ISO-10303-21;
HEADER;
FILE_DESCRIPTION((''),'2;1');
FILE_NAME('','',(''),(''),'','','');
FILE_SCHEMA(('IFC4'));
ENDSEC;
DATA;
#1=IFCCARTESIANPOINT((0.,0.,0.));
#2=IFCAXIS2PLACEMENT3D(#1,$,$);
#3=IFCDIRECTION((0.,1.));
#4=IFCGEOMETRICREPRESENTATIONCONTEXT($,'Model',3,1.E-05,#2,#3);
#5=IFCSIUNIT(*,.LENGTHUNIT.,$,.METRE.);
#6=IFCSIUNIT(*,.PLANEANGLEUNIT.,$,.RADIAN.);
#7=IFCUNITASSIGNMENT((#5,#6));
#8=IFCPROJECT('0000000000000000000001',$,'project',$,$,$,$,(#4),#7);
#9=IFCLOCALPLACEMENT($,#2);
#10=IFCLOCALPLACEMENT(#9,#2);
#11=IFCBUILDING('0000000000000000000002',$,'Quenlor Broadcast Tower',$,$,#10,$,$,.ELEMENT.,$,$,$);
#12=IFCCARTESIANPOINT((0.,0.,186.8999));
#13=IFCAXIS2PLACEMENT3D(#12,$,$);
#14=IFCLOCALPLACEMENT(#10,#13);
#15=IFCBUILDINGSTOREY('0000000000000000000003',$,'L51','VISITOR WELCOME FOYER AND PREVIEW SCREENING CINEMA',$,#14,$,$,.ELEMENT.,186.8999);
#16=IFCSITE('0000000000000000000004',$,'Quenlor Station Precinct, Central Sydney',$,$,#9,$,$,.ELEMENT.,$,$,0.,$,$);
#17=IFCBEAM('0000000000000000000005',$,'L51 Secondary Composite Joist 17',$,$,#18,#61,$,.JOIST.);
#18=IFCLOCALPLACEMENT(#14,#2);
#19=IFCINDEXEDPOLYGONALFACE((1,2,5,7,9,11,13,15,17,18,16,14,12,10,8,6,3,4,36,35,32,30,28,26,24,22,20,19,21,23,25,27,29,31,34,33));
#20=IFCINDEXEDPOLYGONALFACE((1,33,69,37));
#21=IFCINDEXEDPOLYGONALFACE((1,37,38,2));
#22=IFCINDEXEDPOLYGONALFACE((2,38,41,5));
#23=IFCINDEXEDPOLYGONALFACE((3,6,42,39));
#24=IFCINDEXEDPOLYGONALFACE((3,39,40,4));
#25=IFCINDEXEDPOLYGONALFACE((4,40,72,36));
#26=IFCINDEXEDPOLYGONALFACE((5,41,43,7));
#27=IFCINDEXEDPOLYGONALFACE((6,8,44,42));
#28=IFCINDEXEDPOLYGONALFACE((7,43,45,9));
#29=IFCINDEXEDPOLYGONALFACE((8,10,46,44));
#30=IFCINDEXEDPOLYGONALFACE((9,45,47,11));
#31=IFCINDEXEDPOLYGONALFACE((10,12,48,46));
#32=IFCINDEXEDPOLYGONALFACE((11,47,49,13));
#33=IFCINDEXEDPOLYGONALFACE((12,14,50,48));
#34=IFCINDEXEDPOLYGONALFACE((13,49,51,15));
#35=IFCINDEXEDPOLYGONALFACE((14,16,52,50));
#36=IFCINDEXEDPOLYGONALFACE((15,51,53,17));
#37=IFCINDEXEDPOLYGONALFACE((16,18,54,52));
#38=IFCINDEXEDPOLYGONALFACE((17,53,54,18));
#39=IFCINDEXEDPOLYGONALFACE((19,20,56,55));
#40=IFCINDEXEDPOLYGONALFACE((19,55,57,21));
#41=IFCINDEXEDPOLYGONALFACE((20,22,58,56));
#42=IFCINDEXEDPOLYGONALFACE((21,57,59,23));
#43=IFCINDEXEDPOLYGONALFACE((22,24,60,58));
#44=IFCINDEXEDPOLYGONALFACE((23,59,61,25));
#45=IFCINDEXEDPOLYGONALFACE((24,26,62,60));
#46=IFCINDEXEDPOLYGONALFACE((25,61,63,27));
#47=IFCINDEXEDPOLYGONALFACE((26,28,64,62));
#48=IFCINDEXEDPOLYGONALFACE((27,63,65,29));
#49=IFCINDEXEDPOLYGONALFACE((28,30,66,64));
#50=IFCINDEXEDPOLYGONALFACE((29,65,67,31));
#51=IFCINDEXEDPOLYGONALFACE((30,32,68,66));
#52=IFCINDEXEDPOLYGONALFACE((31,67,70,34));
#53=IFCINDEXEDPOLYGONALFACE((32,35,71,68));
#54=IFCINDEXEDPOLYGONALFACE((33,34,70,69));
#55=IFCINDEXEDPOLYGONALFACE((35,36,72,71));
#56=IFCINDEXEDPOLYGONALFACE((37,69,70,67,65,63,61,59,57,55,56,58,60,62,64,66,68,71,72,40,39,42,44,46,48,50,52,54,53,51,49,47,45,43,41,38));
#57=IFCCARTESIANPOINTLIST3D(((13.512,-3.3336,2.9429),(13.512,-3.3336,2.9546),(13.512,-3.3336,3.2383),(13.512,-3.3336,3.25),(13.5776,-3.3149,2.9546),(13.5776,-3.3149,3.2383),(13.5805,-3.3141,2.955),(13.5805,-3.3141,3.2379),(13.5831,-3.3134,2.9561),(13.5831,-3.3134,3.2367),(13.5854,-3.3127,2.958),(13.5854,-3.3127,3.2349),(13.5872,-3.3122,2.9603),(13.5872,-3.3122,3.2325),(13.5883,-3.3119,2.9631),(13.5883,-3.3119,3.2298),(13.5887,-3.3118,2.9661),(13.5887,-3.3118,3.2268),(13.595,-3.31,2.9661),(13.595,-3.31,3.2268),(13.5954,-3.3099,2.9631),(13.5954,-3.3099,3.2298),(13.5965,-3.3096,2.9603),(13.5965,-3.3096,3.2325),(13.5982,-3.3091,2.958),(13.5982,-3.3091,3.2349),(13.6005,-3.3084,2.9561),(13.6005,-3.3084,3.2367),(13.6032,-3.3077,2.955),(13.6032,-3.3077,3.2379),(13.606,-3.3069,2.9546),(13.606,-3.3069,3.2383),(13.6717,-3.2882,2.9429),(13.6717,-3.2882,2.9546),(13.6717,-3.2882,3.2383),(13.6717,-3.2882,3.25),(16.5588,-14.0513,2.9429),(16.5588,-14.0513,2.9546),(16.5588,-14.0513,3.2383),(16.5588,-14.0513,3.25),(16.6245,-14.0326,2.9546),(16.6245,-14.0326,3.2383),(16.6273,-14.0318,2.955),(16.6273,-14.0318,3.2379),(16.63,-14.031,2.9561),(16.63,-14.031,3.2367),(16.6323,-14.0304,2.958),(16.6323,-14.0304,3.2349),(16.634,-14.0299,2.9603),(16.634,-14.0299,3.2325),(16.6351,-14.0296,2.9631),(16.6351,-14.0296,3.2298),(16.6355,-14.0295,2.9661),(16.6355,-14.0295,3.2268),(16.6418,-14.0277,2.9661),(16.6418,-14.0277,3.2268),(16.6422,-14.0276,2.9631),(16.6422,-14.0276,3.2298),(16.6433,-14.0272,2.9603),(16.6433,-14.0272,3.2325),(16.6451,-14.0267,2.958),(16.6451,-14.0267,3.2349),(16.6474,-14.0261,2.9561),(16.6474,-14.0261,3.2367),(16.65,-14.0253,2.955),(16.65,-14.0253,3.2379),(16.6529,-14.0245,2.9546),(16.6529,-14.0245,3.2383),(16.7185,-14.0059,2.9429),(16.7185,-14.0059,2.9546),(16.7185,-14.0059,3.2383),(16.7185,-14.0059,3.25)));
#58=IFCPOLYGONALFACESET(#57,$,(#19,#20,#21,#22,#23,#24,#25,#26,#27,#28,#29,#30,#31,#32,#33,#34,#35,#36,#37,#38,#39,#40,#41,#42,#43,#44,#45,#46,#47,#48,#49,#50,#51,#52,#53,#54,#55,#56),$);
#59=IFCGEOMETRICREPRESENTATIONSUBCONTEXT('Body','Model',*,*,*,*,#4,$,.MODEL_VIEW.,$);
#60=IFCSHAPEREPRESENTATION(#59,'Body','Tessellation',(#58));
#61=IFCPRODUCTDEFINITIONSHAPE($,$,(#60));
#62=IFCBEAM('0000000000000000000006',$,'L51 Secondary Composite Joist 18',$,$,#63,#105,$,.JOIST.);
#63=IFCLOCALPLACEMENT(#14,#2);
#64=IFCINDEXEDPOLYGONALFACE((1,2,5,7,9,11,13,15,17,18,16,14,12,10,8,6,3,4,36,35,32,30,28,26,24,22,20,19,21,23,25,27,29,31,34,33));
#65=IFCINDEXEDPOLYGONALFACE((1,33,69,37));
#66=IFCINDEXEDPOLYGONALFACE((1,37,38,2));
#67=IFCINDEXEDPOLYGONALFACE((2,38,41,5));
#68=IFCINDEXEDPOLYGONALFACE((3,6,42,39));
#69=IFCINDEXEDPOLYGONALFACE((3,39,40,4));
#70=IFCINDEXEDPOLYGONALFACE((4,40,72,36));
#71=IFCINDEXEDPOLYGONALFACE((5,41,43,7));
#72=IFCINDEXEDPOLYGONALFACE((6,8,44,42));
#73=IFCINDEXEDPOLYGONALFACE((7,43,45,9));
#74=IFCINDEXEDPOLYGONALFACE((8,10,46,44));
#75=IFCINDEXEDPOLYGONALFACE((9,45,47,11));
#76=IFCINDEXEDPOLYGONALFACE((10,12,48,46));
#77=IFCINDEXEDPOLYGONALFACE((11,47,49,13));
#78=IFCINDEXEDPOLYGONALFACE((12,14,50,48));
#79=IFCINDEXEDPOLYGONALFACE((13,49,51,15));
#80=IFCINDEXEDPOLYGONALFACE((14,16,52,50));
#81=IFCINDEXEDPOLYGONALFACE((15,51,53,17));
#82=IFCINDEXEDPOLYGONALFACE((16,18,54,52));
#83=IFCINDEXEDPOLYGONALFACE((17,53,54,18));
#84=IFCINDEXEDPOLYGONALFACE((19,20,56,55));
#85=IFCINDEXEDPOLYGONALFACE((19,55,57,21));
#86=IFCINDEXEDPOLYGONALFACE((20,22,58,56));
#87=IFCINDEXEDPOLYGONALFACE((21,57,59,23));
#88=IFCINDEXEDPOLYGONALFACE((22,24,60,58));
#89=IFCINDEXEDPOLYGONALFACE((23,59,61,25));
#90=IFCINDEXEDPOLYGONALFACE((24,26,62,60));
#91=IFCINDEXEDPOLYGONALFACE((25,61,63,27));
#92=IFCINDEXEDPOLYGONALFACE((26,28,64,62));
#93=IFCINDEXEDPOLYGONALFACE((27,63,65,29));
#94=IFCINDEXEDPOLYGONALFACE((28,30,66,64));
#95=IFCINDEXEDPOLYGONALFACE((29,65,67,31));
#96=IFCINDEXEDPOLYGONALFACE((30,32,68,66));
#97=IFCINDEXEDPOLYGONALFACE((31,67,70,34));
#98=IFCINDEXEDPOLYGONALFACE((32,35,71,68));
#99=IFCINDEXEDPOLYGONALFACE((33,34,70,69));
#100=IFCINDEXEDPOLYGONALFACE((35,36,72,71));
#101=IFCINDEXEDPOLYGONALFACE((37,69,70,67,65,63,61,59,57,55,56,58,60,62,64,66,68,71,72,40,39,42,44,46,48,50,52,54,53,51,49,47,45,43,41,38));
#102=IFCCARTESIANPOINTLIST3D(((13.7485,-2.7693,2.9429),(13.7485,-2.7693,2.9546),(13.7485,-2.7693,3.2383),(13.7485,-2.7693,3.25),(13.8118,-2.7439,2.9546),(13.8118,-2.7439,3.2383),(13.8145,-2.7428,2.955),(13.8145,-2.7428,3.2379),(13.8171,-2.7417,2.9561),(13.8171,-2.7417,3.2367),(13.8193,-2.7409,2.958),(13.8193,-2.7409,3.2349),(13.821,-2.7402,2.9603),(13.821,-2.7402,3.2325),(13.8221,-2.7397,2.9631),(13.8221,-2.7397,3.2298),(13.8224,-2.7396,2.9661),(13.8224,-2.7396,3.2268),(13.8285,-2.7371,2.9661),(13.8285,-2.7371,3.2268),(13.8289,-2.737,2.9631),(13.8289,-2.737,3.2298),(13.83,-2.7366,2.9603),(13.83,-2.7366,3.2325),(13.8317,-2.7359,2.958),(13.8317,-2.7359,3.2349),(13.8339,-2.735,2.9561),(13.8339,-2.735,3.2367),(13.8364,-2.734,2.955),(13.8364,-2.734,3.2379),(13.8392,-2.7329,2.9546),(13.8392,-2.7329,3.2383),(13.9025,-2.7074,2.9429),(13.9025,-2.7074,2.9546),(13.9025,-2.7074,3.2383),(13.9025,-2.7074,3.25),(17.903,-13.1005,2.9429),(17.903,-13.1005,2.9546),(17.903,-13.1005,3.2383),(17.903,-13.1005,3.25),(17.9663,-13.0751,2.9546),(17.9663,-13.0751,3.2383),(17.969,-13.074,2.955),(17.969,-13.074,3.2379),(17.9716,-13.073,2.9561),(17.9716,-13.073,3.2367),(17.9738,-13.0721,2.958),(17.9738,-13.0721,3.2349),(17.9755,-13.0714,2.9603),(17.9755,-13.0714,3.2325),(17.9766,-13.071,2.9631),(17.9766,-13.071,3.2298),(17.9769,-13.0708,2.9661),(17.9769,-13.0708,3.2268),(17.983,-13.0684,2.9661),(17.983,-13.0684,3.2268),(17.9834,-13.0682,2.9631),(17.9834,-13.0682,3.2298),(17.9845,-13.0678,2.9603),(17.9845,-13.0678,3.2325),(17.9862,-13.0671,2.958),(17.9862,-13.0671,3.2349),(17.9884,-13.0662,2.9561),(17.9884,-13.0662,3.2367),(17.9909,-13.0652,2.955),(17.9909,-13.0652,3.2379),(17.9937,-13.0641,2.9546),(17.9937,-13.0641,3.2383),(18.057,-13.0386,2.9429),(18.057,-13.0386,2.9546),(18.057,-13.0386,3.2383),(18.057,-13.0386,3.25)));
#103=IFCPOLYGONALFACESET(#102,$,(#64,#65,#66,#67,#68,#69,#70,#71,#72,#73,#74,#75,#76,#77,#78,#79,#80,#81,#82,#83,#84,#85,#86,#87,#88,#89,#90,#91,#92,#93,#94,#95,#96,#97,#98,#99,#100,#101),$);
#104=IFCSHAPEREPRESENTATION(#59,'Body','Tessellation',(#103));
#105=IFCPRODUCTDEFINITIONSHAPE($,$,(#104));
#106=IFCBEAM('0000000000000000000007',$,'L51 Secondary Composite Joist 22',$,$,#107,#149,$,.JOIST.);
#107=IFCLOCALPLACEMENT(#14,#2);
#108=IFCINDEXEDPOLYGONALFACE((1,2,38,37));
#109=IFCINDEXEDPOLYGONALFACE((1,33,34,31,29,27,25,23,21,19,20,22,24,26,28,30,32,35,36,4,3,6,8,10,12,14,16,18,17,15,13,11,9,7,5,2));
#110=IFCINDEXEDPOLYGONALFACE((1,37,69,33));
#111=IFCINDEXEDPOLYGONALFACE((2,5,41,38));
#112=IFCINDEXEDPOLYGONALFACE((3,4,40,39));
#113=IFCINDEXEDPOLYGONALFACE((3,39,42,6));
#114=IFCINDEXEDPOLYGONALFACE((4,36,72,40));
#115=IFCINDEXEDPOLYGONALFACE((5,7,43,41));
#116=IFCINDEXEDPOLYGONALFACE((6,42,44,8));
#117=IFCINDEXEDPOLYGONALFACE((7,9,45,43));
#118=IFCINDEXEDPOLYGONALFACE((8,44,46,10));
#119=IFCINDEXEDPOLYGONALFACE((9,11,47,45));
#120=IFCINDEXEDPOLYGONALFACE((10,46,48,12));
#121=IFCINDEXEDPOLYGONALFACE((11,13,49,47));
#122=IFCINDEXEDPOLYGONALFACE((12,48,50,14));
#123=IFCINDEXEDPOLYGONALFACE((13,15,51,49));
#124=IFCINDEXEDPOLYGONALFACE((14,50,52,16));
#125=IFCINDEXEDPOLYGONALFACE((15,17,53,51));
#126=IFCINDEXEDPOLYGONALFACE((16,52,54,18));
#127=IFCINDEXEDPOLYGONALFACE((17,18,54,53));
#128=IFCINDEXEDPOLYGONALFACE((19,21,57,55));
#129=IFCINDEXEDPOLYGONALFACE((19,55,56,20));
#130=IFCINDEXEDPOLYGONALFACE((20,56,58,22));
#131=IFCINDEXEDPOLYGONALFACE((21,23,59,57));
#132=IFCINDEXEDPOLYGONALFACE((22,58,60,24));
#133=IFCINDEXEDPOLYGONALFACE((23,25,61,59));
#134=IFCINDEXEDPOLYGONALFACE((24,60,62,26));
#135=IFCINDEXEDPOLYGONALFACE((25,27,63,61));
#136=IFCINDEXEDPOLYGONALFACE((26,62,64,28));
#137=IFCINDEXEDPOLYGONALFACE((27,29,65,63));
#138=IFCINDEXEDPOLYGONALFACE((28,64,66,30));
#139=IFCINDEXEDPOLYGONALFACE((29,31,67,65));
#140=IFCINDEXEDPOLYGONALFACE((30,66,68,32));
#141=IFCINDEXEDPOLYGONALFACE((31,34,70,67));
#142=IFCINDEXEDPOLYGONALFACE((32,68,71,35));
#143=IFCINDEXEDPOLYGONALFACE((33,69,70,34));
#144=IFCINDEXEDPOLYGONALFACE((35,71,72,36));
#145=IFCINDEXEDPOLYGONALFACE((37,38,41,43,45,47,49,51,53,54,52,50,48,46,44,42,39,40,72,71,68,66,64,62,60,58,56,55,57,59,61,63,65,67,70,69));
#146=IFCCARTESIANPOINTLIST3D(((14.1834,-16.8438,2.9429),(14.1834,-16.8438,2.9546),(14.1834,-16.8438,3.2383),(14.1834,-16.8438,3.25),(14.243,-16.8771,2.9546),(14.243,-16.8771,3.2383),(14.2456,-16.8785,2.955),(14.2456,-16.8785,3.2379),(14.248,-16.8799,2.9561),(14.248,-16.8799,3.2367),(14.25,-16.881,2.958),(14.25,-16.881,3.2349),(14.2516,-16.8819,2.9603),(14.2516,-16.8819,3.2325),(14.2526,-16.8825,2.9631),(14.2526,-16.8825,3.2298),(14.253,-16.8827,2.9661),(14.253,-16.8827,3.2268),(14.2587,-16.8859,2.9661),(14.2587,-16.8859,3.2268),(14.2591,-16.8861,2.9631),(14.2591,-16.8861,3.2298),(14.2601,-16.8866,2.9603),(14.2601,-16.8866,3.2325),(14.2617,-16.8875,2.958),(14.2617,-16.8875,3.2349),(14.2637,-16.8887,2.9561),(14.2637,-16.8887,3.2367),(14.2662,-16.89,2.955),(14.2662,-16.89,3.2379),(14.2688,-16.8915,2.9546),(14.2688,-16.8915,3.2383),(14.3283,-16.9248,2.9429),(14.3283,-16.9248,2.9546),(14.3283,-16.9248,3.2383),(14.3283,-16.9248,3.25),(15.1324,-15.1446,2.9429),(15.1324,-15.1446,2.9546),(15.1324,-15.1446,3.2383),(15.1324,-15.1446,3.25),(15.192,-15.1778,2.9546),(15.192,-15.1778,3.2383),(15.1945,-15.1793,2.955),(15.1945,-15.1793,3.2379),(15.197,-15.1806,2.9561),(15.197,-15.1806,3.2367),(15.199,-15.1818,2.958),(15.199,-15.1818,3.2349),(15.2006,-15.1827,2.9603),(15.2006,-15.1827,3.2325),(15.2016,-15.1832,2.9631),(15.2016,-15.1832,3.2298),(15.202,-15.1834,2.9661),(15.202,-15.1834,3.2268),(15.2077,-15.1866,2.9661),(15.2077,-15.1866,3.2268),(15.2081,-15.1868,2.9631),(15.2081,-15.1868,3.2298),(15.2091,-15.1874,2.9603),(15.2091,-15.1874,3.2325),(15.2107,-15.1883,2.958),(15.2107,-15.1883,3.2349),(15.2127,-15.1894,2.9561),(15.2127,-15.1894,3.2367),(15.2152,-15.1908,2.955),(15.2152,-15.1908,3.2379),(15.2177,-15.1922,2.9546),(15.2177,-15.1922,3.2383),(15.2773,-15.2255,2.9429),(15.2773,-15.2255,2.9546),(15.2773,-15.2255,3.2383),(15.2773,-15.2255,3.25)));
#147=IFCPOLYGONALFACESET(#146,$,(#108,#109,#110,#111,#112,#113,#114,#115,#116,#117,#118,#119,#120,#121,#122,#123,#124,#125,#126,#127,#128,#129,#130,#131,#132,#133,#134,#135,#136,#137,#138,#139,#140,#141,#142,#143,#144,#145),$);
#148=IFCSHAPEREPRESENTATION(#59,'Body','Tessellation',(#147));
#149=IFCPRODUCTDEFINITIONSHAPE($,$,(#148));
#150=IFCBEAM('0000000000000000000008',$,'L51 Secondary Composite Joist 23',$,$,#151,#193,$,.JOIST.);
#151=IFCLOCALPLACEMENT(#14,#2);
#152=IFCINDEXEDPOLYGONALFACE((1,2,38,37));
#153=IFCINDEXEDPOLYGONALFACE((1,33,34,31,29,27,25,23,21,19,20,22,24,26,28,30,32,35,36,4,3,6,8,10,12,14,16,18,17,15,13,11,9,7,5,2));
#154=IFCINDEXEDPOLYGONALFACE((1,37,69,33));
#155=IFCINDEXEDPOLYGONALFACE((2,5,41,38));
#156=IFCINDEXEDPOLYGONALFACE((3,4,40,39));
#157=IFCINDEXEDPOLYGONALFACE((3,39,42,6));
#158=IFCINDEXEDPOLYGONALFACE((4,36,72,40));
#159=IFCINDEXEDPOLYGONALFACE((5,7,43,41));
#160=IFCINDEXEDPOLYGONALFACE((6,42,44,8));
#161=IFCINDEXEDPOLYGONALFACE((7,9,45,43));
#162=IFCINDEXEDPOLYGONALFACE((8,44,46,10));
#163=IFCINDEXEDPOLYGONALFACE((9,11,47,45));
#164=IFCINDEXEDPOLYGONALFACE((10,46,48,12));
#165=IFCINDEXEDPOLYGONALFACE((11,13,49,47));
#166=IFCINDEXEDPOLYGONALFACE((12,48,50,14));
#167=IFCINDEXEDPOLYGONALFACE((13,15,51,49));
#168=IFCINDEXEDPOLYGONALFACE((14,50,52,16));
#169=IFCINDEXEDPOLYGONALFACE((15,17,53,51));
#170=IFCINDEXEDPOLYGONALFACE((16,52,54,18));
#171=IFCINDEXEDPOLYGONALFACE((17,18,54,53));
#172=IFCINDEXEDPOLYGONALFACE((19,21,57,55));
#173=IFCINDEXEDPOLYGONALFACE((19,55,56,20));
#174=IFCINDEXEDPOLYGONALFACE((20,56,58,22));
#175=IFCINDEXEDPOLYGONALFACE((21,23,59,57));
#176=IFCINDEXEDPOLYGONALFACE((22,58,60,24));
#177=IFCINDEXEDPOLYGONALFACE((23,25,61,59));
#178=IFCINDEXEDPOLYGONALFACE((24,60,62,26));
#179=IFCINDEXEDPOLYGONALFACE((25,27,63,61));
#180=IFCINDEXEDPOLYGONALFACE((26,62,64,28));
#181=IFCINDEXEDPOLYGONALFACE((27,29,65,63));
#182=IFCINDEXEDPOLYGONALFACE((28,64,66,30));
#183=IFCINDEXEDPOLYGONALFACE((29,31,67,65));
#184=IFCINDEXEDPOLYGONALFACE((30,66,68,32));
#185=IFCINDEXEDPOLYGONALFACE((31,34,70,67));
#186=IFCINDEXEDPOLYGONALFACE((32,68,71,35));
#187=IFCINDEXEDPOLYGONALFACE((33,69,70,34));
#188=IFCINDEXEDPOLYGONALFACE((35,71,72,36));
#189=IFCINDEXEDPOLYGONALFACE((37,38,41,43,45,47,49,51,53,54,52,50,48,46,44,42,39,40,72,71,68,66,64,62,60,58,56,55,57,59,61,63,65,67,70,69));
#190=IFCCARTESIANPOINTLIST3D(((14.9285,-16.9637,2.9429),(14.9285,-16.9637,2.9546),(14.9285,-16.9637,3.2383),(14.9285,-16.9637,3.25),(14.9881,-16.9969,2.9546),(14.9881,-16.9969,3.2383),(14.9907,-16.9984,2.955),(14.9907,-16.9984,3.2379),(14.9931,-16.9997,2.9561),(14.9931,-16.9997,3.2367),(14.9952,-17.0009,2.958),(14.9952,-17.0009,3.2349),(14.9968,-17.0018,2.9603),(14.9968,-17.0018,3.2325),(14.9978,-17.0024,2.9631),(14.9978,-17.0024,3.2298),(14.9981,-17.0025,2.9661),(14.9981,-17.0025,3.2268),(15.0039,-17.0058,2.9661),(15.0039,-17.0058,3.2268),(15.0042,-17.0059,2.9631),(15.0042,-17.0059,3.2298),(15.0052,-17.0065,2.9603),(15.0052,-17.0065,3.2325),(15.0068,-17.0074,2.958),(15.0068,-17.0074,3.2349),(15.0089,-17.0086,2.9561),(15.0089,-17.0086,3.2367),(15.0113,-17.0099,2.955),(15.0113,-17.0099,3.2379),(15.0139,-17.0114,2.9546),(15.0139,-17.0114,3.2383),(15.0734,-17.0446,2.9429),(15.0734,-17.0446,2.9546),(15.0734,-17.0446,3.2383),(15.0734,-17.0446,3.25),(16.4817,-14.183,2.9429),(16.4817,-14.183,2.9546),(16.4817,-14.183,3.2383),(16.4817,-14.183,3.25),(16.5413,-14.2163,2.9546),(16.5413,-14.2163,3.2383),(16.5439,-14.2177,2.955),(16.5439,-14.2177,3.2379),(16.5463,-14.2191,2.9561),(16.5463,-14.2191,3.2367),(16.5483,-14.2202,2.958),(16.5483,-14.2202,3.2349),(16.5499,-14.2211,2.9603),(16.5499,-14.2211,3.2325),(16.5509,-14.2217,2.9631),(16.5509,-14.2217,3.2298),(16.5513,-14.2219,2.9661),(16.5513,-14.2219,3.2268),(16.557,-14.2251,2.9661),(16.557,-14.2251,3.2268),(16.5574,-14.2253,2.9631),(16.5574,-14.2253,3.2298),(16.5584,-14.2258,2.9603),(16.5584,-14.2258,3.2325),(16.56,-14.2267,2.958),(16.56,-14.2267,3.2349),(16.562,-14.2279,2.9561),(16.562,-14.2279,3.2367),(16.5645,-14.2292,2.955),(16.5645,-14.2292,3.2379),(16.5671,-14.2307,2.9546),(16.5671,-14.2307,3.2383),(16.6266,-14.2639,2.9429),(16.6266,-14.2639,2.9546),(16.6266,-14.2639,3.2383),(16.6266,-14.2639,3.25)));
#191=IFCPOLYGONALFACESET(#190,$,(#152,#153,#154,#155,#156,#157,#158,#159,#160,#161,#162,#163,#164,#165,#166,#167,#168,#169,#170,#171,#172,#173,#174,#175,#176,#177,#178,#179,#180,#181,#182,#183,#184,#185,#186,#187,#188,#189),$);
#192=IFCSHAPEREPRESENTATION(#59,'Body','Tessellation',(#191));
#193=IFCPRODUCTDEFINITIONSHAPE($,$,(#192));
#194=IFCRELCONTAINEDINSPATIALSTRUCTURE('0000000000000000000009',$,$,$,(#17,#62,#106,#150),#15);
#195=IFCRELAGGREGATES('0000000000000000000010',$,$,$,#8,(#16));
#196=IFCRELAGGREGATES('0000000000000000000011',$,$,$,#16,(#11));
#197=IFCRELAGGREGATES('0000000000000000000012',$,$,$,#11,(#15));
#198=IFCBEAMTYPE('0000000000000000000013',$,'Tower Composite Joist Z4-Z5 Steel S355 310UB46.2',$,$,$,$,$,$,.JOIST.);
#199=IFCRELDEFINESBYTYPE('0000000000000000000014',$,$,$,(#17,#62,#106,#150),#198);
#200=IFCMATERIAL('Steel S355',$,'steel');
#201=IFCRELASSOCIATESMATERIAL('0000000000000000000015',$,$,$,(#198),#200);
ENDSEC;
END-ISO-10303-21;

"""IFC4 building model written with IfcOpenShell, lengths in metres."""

from ifc_helpers import new_model, si_unit, direction, frame, origin, origin_2d, place, context, subcontext, project, spatial, i_section, extrude, material, material_profile, profile_set, type_object, element, save


model = new_model("IFC4")

# Units and contexts
model_context = context("Model", 3, precision=1e-05, world=origin(), true_north=direction((0.0, 1.0)))
body_context = subcontext(model_context, "Body", "Model", "MODEL_VIEW")
ifc_project = project(units=[si_unit("LENGTHUNIT", "METRE"), si_unit("PLANEANGLEUNIT", "RADIAN")], contexts=[model_context])

# Site, building, storey
site_placement = place(None, origin())
site = spatial("IfcSite", under=ifc_project, at=site_placement, Name="Quenlor Station Precinct, Central Sydney", CompositionType="ELEMENT", RefElevation=0.0)
building_placement = place(site_placement, origin())
building = spatial("IfcBuilding", under=site, at=building_placement, Name="Quenlor Broadcast Tower", CompositionType="ELEMENT")
storey_placement = place(building_placement, frame((0.0, 0.0, 186.8999)))
storey = spatial("IfcBuildingStorey", under=building, at=storey_placement, Name="L51", Description="VISITOR WELCOME FOYER AND PREVIEW SCREENING CINEMA", CompositionType="ELEMENT", Elevation=186.8999)

# Beams
ifc_material_1 = material(Name="Steel S355", Category="steel")
ifc_material_profile_1 = material_profile(ifc_material_1, i_section(OverallWidth=0.166, OverallDepth=0.3071, WebThickness=0.0066, FlangeThickness=0.0117, FilletRadius=0.0115, at=origin_2d()))
ifc_profile_set_1 = profile_set([ifc_material_profile_1], Name="Steel S355 310UB46.2")
beam_type_1 = type_object("IfcBeamType", Name="Tower Composite Joist Z4-Z5 Steel S355 310UB46.2", PredefinedType="JOIST", material=ifc_profile_set_1)
beam_1_placement = place(storey_placement, frame((16.6387, -14.0286, 3.0964), z_axis=(-0.273448, 0.961887, 0.0), x_axis=(-0.961887, -0.273448, 0.0)))
element("IfcBeam", 1, at=beam_1_placement, inside=storey, type_object=beam_type_1, Name="L51 Secondary Composite Joist 17", PredefinedType="JOIST", context=body_context, shape_type="SweptSolid", body=[
    extrude(i_section(OverallWidth=0.166, OverallDepth=0.3071, WebThickness=0.0066, FlangeThickness=0.0117, FilletRadius=0.0115, at=origin_2d()), origin(), (0.0, 0.0, 1.0), 11.1423),
])
beam_2_placement = place(storey_placement, frame((17.98, -13.0696, 3.0964), z_axis=(-0.373095, 0.927793, 0.0), x_axis=(-0.927793, -0.373095, 0.0)))
element("IfcBeam", 2, at=beam_2_placement, inside=storey, type_object=beam_type_1, Name="L51 Secondary Composite Joist 18", PredefinedType="JOIST", context=body_context, shape_type="SweptSolid", body=[
    extrude(i_section(OverallWidth=0.166, OverallDepth=0.3071, WebThickness=0.0066, FlangeThickness=0.0117, FilletRadius=0.0115, at=origin_2d()), origin(), (0.0, 0.0, 1.0), 11.1353),
])
beam_3_placement = place(storey_placement, frame((14.2559, -16.8843, 3.0964), z_axis=(0.487591, 0.873072, 0.0), x_axis=(-0.873072, 0.487591, 0.0)))
element("IfcBeam", 3, at=beam_3_placement, inside=storey, type_object=beam_type_1, Name="L51 Secondary Composite Joist 22", PredefinedType="JOIST", context=body_context, shape_type="SweptSolid", body=[
    extrude(i_section(OverallWidth=0.166, OverallDepth=0.3071, WebThickness=0.0066, FlangeThickness=0.0117, FilletRadius=0.0115, at=origin_2d()), origin(), (0.0, 0.0, 1.0), 1.9463),
])
beam_4_placement = place(storey_placement, frame((15.001, -17.0042, 3.0964), z_axis=(0.487646, 0.873041, 0.0), x_axis=(-0.873041, 0.487646, 0.0)))
element("IfcBeam", 4, at=beam_4_placement, inside=storey, type_object=beam_type_1, Name="L51 Secondary Composite Joist 23", PredefinedType="JOIST", context=body_context, shape_type="SweptSolid", body=[
    extrude(i_section(OverallWidth=0.166, OverallDepth=0.3071, WebThickness=0.0066, FlangeThickness=0.0117, FilletRadius=0.0115, at=origin_2d()), origin(), (0.0, 0.0, 1.0), 3.1851),
])

save(model, "model.ifc")
